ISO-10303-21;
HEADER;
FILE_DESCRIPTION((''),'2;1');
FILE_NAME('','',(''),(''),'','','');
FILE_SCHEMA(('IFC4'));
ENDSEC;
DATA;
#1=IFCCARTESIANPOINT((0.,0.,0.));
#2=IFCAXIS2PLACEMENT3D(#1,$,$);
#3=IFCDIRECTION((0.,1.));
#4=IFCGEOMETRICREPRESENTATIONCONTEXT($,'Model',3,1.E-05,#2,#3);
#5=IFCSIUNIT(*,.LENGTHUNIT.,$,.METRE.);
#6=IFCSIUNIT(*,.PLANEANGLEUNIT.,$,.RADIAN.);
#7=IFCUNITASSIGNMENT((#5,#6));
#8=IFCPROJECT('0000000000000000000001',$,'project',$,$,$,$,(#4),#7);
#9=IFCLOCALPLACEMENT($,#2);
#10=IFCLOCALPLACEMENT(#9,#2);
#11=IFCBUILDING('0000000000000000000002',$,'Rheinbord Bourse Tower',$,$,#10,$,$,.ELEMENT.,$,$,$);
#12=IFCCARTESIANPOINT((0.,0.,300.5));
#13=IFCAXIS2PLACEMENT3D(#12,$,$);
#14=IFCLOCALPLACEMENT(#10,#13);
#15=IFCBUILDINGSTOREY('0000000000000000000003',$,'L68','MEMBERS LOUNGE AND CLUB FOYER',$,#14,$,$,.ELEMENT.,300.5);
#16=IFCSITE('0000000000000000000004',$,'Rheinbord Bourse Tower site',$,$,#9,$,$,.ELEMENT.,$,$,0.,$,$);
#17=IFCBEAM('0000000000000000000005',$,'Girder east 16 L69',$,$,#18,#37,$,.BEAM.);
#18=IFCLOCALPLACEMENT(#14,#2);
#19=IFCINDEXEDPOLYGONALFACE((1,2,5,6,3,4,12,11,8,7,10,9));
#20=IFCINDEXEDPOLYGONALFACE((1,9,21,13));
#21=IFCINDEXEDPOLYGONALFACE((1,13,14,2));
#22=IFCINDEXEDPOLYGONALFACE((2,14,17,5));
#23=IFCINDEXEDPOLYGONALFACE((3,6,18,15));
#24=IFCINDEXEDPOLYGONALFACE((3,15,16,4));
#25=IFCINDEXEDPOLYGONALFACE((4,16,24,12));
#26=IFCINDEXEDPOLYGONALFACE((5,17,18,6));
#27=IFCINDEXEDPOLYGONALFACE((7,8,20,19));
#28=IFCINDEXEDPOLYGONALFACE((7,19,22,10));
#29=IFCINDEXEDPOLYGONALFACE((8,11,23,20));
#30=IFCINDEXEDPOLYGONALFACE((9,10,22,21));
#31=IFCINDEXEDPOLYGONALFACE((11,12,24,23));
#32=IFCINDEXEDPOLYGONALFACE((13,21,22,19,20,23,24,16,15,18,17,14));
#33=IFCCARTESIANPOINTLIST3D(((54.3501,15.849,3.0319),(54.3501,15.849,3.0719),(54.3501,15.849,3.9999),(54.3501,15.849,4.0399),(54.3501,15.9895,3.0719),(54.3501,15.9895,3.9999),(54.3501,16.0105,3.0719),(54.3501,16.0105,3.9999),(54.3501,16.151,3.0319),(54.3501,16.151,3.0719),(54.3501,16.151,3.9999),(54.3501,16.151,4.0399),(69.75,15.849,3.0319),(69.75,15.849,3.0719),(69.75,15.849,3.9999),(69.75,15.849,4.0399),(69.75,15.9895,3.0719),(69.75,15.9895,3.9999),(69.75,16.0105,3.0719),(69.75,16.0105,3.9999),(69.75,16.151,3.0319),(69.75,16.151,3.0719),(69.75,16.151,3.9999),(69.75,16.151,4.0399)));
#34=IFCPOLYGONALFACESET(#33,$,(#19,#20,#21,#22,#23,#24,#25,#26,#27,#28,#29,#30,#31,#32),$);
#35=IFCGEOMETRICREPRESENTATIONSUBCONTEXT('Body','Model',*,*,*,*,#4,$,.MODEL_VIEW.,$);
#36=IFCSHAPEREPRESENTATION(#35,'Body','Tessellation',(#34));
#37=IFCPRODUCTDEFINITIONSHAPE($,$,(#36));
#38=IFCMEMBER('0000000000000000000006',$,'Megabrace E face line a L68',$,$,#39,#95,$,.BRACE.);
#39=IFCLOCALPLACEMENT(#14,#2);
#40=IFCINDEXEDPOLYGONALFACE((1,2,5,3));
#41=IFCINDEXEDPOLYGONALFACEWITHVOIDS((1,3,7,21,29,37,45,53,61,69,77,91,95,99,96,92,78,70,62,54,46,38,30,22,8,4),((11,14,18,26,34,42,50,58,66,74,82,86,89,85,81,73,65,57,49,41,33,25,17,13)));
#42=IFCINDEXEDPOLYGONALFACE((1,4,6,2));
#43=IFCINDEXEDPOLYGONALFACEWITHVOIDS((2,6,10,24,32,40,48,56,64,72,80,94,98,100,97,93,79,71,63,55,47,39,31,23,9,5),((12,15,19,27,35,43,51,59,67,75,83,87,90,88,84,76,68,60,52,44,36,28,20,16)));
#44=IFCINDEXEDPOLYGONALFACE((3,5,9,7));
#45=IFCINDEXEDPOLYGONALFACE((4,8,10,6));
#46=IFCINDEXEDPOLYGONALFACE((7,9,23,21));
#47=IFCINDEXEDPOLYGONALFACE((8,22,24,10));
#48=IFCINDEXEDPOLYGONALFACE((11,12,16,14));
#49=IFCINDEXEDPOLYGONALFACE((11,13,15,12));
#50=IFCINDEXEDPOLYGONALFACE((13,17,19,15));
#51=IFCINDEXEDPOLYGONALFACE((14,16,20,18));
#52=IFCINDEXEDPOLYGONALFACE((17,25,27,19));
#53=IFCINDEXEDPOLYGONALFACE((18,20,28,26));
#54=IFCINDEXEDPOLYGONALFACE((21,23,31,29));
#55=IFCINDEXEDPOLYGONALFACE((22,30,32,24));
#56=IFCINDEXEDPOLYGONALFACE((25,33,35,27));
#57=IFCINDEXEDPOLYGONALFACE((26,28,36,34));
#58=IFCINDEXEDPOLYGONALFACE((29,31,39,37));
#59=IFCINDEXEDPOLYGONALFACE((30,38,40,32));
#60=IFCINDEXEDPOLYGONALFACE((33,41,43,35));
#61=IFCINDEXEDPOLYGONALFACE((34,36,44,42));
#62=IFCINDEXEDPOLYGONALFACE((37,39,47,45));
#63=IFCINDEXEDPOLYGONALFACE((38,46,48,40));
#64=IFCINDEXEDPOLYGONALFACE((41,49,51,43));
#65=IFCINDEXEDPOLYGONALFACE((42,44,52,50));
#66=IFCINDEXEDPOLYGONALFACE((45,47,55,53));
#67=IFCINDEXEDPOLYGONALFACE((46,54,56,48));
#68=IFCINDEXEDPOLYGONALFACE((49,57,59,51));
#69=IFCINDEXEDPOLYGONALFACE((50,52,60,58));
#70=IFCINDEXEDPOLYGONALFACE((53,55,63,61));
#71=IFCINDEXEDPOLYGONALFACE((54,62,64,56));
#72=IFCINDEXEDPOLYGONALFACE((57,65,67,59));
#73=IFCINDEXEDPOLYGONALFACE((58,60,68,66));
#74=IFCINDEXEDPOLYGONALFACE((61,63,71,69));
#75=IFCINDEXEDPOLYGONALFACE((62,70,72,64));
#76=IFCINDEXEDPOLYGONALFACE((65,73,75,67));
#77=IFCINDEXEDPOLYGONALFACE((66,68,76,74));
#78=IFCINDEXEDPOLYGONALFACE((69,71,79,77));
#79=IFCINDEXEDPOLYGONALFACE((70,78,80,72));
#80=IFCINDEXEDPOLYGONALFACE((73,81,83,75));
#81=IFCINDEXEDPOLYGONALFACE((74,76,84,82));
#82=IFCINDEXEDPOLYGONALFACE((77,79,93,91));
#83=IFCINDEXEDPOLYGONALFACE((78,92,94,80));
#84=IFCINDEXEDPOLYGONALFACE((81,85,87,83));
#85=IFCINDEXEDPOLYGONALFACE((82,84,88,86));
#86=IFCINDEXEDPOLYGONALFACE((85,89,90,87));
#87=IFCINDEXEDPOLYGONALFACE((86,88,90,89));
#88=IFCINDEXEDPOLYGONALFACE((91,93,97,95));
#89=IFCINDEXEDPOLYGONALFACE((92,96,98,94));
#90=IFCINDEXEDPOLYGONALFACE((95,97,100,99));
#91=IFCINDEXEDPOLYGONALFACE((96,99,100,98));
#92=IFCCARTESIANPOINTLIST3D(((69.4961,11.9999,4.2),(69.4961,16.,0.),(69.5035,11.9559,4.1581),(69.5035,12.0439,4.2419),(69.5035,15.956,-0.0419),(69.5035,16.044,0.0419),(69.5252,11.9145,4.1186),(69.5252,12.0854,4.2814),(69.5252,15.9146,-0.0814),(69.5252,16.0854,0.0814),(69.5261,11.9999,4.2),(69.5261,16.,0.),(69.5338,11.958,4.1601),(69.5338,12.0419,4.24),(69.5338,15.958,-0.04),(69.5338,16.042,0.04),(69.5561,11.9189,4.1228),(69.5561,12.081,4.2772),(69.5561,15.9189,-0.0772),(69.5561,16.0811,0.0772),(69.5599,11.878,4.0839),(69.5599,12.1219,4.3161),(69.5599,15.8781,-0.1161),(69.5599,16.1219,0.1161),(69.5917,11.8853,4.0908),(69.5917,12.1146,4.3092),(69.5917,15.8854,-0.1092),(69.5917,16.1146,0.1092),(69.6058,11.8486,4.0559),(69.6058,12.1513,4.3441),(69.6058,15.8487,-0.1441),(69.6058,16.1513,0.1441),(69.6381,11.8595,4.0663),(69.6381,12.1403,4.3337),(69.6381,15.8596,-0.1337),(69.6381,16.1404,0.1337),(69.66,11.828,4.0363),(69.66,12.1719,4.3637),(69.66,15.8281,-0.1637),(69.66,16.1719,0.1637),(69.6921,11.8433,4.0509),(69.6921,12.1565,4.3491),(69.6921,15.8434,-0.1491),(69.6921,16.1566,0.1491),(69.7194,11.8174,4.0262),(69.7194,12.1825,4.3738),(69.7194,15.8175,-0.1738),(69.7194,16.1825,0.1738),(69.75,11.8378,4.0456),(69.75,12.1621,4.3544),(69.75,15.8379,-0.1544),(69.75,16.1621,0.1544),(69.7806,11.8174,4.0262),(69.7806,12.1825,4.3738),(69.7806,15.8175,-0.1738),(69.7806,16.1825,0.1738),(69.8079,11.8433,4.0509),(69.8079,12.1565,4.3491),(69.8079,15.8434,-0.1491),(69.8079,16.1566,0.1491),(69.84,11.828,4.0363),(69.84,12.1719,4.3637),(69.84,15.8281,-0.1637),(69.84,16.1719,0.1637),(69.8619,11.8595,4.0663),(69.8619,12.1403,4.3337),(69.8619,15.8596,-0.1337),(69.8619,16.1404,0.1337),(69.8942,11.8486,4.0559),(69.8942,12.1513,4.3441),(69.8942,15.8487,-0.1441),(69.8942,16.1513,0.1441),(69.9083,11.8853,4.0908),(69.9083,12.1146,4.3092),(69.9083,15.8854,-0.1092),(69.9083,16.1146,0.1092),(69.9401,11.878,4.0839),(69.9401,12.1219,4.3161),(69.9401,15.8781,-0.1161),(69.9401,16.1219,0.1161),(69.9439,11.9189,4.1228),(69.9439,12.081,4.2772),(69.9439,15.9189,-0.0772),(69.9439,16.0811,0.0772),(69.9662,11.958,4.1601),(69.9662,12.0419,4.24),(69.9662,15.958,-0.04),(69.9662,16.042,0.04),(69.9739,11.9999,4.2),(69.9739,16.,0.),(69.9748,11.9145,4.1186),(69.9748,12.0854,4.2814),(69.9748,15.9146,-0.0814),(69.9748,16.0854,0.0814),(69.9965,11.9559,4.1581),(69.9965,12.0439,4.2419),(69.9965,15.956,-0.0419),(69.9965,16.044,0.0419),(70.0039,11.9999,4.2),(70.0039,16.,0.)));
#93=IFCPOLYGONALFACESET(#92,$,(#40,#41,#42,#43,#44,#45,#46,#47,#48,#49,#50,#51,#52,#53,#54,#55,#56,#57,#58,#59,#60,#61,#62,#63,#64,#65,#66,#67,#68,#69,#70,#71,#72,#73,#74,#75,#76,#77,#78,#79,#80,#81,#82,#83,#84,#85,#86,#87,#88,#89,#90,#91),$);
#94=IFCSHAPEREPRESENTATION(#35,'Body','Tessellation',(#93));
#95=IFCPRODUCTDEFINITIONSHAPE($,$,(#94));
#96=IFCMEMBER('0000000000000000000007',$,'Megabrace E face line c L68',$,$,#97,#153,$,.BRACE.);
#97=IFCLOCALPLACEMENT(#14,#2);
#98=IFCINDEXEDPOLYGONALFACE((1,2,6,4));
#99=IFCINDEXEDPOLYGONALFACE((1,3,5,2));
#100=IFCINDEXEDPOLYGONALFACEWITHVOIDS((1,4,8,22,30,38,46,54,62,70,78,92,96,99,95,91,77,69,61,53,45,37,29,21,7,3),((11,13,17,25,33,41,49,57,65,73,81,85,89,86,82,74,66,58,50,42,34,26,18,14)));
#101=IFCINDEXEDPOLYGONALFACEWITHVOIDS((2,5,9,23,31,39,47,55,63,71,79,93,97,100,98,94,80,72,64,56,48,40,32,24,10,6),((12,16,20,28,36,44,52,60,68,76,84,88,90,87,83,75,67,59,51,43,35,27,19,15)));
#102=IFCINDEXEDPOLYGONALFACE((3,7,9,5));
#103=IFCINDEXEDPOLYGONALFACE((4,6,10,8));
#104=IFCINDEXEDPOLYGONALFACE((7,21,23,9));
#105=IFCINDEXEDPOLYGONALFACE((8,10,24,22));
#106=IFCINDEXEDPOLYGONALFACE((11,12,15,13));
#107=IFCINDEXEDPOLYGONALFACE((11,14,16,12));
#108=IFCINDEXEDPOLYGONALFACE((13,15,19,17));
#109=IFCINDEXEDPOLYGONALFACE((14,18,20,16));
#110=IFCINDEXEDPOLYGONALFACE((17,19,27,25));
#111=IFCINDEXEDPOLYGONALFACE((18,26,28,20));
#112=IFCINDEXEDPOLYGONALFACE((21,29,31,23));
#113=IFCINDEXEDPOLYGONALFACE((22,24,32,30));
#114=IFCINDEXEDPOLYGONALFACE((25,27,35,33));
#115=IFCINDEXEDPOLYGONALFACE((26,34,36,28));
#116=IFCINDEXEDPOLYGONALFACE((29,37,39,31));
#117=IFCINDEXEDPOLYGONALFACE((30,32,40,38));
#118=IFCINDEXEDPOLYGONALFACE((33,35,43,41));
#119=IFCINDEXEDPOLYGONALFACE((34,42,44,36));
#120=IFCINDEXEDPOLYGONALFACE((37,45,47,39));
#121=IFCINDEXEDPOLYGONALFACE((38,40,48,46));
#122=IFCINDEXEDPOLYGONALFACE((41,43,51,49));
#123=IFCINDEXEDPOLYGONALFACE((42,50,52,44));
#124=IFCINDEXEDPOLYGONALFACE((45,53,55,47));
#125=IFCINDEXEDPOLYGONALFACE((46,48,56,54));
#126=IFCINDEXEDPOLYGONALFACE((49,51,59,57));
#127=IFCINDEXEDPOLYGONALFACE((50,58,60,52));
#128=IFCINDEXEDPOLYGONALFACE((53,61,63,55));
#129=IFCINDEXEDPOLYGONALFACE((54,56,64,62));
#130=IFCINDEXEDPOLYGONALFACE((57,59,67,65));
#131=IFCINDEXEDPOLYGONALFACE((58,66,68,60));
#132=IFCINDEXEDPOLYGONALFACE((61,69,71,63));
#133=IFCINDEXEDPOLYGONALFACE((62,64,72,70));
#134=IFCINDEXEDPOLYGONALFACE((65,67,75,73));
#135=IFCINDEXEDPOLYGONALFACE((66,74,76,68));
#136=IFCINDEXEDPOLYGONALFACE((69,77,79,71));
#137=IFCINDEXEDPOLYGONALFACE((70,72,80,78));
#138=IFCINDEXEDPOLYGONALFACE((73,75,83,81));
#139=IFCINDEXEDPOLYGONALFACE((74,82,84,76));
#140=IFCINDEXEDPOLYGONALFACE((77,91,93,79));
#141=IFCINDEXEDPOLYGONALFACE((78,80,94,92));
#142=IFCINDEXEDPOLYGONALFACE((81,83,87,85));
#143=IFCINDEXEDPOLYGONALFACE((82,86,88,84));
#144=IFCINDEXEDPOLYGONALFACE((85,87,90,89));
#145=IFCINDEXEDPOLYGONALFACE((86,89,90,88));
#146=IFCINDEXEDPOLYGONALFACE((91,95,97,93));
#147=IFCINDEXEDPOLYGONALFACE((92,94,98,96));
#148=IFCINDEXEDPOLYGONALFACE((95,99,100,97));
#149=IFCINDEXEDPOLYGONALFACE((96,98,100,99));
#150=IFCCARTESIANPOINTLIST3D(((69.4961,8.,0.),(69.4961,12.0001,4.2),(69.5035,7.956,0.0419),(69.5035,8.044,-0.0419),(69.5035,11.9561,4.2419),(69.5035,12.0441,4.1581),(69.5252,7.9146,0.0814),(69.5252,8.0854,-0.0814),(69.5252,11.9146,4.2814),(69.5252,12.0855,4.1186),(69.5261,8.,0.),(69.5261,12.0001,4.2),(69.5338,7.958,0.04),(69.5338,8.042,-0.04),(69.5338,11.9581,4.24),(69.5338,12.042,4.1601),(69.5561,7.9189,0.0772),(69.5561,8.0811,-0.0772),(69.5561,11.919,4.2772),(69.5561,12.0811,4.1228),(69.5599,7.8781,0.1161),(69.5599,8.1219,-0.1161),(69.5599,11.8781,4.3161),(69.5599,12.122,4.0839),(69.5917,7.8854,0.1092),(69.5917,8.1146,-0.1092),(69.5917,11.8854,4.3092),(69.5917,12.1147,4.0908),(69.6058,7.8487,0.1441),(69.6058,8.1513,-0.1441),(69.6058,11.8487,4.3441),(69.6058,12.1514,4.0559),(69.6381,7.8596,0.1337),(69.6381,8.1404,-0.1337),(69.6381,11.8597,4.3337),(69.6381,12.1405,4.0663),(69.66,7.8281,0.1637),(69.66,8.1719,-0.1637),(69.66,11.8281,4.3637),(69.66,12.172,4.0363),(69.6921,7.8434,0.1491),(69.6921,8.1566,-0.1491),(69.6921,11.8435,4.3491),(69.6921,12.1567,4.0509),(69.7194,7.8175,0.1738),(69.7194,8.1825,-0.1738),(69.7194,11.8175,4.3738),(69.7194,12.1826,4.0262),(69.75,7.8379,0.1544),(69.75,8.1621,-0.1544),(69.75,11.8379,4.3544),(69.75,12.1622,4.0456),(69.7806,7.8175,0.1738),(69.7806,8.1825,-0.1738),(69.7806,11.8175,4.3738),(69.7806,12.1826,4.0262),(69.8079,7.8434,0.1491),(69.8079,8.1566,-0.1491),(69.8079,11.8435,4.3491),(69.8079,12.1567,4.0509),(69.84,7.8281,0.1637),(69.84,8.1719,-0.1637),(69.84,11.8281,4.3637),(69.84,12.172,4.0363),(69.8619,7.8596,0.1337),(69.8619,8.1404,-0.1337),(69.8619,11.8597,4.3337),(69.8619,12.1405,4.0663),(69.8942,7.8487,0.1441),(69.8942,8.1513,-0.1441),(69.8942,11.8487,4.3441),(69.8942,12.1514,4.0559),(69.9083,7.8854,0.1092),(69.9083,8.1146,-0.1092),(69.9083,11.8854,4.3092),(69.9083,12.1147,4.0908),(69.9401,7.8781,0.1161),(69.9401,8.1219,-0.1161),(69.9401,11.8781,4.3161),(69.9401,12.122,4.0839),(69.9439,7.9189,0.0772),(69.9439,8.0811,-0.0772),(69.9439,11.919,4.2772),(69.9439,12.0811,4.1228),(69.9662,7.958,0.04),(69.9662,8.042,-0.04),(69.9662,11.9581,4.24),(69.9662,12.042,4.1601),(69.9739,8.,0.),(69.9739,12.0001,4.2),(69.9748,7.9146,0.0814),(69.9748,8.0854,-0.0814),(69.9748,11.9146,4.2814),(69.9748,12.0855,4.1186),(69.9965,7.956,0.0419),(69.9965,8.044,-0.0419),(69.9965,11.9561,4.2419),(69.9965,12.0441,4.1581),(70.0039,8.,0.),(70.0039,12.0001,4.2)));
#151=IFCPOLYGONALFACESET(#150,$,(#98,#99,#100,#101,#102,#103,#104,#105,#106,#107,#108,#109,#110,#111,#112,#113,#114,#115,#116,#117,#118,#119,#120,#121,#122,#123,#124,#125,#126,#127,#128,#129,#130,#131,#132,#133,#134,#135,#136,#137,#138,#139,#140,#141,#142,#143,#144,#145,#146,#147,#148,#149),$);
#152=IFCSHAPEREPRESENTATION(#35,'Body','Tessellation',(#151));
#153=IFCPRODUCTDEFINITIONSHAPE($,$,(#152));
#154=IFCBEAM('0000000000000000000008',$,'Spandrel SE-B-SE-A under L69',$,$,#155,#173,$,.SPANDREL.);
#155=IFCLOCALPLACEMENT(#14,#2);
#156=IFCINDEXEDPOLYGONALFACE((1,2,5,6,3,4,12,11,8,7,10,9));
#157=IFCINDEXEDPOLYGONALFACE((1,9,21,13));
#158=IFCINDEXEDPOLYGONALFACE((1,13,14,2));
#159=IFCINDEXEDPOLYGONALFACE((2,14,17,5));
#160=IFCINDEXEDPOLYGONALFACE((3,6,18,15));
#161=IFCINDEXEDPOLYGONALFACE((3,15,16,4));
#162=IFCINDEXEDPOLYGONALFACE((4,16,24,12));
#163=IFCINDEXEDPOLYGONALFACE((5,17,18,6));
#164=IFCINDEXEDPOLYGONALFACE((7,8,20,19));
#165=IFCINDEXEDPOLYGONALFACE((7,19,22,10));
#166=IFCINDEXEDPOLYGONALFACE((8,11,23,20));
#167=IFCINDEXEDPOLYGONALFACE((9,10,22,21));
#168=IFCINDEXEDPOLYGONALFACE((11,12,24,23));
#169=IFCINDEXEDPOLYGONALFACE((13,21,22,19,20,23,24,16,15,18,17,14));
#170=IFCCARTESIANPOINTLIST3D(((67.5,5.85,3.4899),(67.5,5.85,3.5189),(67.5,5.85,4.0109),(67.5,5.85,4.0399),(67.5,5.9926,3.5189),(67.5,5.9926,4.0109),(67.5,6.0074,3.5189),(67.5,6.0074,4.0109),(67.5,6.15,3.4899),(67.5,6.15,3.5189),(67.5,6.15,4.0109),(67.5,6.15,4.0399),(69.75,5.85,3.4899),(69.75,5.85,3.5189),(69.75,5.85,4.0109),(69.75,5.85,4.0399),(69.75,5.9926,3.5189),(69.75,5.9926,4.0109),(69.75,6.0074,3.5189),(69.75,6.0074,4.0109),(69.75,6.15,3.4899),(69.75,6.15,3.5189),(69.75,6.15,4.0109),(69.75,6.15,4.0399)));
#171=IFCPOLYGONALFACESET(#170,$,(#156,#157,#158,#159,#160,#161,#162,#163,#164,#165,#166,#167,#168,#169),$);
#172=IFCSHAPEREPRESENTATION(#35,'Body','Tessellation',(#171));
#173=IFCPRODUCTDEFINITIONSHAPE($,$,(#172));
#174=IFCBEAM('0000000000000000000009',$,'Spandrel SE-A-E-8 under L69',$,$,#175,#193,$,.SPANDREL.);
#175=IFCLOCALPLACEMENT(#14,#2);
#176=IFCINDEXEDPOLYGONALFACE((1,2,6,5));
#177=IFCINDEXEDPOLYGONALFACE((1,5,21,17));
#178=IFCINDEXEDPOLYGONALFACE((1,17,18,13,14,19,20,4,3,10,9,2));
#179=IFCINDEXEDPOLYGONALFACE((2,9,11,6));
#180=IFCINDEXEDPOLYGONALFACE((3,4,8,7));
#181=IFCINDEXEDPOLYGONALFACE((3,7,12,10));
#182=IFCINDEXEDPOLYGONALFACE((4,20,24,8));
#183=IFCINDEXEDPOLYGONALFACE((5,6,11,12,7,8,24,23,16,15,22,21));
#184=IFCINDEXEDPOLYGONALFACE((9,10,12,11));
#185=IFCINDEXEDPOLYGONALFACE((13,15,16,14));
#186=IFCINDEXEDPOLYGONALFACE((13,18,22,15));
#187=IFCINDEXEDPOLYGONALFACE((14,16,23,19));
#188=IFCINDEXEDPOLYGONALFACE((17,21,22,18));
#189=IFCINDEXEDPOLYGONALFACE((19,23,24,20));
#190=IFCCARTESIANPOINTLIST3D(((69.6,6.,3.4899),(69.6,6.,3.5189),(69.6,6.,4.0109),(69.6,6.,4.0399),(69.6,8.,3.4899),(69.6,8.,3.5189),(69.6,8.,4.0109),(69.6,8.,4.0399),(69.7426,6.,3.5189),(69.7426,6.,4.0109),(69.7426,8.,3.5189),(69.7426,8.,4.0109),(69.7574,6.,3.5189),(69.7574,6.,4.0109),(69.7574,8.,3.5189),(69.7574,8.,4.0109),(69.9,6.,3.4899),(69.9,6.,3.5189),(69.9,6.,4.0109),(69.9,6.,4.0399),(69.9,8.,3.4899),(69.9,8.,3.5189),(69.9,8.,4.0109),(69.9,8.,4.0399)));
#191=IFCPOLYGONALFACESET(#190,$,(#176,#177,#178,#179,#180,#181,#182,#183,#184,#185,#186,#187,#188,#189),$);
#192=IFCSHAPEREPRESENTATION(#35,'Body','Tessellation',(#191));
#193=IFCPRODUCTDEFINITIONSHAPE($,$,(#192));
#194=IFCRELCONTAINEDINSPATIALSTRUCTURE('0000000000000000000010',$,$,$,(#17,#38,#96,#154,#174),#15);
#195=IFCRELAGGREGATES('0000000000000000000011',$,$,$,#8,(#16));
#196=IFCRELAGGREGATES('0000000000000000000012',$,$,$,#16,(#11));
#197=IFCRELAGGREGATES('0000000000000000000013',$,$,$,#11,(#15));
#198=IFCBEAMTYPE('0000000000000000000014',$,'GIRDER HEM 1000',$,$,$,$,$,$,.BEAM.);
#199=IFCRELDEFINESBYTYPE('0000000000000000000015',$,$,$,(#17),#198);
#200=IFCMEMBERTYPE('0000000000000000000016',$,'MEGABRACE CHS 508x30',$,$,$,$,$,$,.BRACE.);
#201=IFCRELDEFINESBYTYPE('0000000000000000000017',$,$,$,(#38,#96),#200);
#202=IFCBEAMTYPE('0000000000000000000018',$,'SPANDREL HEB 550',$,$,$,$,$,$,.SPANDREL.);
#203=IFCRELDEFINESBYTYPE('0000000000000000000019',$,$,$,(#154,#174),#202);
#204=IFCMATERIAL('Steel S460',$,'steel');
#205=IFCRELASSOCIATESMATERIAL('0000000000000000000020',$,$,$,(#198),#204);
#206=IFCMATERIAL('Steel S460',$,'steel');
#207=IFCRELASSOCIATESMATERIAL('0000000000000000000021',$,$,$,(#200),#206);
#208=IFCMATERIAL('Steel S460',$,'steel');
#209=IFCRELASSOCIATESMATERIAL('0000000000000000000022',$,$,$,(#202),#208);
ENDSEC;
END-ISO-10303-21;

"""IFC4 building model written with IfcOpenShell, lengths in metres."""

from ifc_helpers import new_model, si_unit, direction, frame, origin, origin_2d, place, context, subcontext, project, spatial, hollow_circle, i_section, extrude, material, material_profile, profile_set, type_object, element, save


model = new_model("IFC4")

# Units and contexts
model_context = context("Model", 3, precision=1e-05, world=origin(), true_north=direction((0.0, 1.0)))
body_context = subcontext(model_context, "Body", "Model", "MODEL_VIEW")
ifc_project = project(units=[si_unit("LENGTHUNIT", "METRE"), si_unit("PLANEANGLEUNIT", "RADIAN")], contexts=[model_context])

# Site, building, storey
site_placement = place(None, origin())
site = spatial("IfcSite", under=ifc_project, at=site_placement, Name="Rheinbord Bourse Tower site", CompositionType="ELEMENT", RefElevation=0.0)
building_placement = place(site_placement, origin())
building = spatial("IfcBuilding", under=site, at=building_placement, Name="Rheinbord Bourse Tower", CompositionType="ELEMENT")
storey_placement = place(building_placement, frame((0.0, 0.0, 300.5)))
storey = spatial("IfcBuildingStorey", under=building, at=storey_placement, Name="L68", Description="MEMBERS LOUNGE AND CLUB FOYER", CompositionType="ELEMENT", Elevation=300.5)

# Beam
ifc_material_1 = material(Name="Steel S460", Category="steel")
ifc_material_profile_1 = material_profile(ifc_material_1, i_section(OverallWidth=0.302, OverallDepth=1.0081, WebThickness=0.021, FlangeThickness=0.04, at=origin_2d()), Name="HEM 1000")
ifc_profile_set_1 = profile_set([ifc_material_profile_1], Name="Steel S460")
beam_type_1 = type_object("IfcBeamType", Name="GIRDER HEM 1000", PredefinedType="BEAM", material=ifc_profile_set_1)
beam_1_placement = place(storey_placement, frame((54.3501, 16.0, 3.5359), z_axis=(1.0, 0.0, 0.0), x_axis=(0.0, 1.0, 0.0)))
element("IfcBeam", 1, at=beam_1_placement, inside=storey, type_object=beam_type_1, Name="Girder east 16 L69", PredefinedType="BEAM", context=body_context, shape_type="SweptSolid", body=[
    extrude(i_section(OverallWidth=0.302, OverallDepth=1.0081, WebThickness=0.021, FlangeThickness=0.04, at=origin_2d()), origin(), (0.0, 0.0, 1.0), 15.3999),
])

# Members
ifc_material_2 = material(Name="Steel S460", Category="steel")
ifc_material_profile_2 = material_profile(ifc_material_2, hollow_circle(Radius=0.2539, WallThickness=0.03, at=origin_2d()), Name="CHS 508x30")
ifc_profile_set_2 = profile_set([ifc_material_profile_2], Name="Steel S460")
member_type_1 = type_object("IfcMemberType", Name="MEGABRACE CHS 508x30", PredefinedType="BRACE", material=ifc_profile_set_2)
for number, where, z_axis, x_axis, name in (
    (2, (69.75, 16.0, 0.0), (0.0, -0.689659, 0.724134), (1.0, 0.0, 0.0), "Megabrace E face line a L68"),
    (3, (69.75, 8.0, 0.0), (0.0, 0.689659, 0.724134), (-1.0, 0.0, 0.0), "Megabrace E face line c L68"),
):
    element("IfcMember", number, at=place(storey_placement, frame(where, z_axis=z_axis, x_axis=x_axis)), inside=storey, type_object=member_type_1, Name=name, PredefinedType="BRACE", context=body_context, shape_type="SweptSolid", body=[
        extrude(hollow_circle(Radius=0.2539, WallThickness=0.03, at=origin_2d()), origin(), (0.0, 0.0, 1.0), 5.8),
    ])

# Beams
ifc_material_3 = material(Name="Steel S460", Category="steel")
ifc_material_profile_3 = material_profile(ifc_material_3, i_section(OverallWidth=0.3, OverallDepth=0.55, WebThickness=0.0149, FlangeThickness=0.0291, at=origin_2d()), Name="HEB 550")
ifc_profile_set_3 = profile_set([ifc_material_profile_3], Name="Steel S460")
beam_type_2 = type_object("IfcBeamType", Name="SPANDREL HEB 550", PredefinedType="SPANDREL", material=ifc_profile_set_3)
beam_2_placement = place(storey_placement, frame((67.5, 6.0, 3.7649), z_axis=(1.0, 0.0, 0.0), x_axis=(0.0, 1.0, 0.0)))
element("IfcBeam", 4, at=beam_2_placement, inside=storey, type_object=beam_type_2, Name="Spandrel SE-B-SE-A under L69", PredefinedType="SPANDREL", context=body_context, shape_type="SweptSolid", body=[
    extrude(i_section(OverallWidth=0.3, OverallDepth=0.55, WebThickness=0.0149, FlangeThickness=0.0291, at=origin_2d()), origin(), (0.0, 0.0, 1.0), 2.25),
])
beam_3_placement = place(storey_placement, frame((69.75, 6.0, 3.7649), z_axis=(0.0, 1.0, 0.0), x_axis=(-1.0, 0.0, 0.0)))
element("IfcBeam", 5, at=beam_3_placement, inside=storey, type_object=beam_type_2, Name="Spandrel SE-A-E-8 under L69", PredefinedType="SPANDREL", context=body_context, shape_type="SweptSolid", body=[
    extrude(i_section(OverallWidth=0.3, OverallDepth=0.55, WebThickness=0.0149, FlangeThickness=0.0291, at=origin_2d()), origin(), (0.0, 0.0, 1.0), 2.0),
])

save(model, "model.ifc")
